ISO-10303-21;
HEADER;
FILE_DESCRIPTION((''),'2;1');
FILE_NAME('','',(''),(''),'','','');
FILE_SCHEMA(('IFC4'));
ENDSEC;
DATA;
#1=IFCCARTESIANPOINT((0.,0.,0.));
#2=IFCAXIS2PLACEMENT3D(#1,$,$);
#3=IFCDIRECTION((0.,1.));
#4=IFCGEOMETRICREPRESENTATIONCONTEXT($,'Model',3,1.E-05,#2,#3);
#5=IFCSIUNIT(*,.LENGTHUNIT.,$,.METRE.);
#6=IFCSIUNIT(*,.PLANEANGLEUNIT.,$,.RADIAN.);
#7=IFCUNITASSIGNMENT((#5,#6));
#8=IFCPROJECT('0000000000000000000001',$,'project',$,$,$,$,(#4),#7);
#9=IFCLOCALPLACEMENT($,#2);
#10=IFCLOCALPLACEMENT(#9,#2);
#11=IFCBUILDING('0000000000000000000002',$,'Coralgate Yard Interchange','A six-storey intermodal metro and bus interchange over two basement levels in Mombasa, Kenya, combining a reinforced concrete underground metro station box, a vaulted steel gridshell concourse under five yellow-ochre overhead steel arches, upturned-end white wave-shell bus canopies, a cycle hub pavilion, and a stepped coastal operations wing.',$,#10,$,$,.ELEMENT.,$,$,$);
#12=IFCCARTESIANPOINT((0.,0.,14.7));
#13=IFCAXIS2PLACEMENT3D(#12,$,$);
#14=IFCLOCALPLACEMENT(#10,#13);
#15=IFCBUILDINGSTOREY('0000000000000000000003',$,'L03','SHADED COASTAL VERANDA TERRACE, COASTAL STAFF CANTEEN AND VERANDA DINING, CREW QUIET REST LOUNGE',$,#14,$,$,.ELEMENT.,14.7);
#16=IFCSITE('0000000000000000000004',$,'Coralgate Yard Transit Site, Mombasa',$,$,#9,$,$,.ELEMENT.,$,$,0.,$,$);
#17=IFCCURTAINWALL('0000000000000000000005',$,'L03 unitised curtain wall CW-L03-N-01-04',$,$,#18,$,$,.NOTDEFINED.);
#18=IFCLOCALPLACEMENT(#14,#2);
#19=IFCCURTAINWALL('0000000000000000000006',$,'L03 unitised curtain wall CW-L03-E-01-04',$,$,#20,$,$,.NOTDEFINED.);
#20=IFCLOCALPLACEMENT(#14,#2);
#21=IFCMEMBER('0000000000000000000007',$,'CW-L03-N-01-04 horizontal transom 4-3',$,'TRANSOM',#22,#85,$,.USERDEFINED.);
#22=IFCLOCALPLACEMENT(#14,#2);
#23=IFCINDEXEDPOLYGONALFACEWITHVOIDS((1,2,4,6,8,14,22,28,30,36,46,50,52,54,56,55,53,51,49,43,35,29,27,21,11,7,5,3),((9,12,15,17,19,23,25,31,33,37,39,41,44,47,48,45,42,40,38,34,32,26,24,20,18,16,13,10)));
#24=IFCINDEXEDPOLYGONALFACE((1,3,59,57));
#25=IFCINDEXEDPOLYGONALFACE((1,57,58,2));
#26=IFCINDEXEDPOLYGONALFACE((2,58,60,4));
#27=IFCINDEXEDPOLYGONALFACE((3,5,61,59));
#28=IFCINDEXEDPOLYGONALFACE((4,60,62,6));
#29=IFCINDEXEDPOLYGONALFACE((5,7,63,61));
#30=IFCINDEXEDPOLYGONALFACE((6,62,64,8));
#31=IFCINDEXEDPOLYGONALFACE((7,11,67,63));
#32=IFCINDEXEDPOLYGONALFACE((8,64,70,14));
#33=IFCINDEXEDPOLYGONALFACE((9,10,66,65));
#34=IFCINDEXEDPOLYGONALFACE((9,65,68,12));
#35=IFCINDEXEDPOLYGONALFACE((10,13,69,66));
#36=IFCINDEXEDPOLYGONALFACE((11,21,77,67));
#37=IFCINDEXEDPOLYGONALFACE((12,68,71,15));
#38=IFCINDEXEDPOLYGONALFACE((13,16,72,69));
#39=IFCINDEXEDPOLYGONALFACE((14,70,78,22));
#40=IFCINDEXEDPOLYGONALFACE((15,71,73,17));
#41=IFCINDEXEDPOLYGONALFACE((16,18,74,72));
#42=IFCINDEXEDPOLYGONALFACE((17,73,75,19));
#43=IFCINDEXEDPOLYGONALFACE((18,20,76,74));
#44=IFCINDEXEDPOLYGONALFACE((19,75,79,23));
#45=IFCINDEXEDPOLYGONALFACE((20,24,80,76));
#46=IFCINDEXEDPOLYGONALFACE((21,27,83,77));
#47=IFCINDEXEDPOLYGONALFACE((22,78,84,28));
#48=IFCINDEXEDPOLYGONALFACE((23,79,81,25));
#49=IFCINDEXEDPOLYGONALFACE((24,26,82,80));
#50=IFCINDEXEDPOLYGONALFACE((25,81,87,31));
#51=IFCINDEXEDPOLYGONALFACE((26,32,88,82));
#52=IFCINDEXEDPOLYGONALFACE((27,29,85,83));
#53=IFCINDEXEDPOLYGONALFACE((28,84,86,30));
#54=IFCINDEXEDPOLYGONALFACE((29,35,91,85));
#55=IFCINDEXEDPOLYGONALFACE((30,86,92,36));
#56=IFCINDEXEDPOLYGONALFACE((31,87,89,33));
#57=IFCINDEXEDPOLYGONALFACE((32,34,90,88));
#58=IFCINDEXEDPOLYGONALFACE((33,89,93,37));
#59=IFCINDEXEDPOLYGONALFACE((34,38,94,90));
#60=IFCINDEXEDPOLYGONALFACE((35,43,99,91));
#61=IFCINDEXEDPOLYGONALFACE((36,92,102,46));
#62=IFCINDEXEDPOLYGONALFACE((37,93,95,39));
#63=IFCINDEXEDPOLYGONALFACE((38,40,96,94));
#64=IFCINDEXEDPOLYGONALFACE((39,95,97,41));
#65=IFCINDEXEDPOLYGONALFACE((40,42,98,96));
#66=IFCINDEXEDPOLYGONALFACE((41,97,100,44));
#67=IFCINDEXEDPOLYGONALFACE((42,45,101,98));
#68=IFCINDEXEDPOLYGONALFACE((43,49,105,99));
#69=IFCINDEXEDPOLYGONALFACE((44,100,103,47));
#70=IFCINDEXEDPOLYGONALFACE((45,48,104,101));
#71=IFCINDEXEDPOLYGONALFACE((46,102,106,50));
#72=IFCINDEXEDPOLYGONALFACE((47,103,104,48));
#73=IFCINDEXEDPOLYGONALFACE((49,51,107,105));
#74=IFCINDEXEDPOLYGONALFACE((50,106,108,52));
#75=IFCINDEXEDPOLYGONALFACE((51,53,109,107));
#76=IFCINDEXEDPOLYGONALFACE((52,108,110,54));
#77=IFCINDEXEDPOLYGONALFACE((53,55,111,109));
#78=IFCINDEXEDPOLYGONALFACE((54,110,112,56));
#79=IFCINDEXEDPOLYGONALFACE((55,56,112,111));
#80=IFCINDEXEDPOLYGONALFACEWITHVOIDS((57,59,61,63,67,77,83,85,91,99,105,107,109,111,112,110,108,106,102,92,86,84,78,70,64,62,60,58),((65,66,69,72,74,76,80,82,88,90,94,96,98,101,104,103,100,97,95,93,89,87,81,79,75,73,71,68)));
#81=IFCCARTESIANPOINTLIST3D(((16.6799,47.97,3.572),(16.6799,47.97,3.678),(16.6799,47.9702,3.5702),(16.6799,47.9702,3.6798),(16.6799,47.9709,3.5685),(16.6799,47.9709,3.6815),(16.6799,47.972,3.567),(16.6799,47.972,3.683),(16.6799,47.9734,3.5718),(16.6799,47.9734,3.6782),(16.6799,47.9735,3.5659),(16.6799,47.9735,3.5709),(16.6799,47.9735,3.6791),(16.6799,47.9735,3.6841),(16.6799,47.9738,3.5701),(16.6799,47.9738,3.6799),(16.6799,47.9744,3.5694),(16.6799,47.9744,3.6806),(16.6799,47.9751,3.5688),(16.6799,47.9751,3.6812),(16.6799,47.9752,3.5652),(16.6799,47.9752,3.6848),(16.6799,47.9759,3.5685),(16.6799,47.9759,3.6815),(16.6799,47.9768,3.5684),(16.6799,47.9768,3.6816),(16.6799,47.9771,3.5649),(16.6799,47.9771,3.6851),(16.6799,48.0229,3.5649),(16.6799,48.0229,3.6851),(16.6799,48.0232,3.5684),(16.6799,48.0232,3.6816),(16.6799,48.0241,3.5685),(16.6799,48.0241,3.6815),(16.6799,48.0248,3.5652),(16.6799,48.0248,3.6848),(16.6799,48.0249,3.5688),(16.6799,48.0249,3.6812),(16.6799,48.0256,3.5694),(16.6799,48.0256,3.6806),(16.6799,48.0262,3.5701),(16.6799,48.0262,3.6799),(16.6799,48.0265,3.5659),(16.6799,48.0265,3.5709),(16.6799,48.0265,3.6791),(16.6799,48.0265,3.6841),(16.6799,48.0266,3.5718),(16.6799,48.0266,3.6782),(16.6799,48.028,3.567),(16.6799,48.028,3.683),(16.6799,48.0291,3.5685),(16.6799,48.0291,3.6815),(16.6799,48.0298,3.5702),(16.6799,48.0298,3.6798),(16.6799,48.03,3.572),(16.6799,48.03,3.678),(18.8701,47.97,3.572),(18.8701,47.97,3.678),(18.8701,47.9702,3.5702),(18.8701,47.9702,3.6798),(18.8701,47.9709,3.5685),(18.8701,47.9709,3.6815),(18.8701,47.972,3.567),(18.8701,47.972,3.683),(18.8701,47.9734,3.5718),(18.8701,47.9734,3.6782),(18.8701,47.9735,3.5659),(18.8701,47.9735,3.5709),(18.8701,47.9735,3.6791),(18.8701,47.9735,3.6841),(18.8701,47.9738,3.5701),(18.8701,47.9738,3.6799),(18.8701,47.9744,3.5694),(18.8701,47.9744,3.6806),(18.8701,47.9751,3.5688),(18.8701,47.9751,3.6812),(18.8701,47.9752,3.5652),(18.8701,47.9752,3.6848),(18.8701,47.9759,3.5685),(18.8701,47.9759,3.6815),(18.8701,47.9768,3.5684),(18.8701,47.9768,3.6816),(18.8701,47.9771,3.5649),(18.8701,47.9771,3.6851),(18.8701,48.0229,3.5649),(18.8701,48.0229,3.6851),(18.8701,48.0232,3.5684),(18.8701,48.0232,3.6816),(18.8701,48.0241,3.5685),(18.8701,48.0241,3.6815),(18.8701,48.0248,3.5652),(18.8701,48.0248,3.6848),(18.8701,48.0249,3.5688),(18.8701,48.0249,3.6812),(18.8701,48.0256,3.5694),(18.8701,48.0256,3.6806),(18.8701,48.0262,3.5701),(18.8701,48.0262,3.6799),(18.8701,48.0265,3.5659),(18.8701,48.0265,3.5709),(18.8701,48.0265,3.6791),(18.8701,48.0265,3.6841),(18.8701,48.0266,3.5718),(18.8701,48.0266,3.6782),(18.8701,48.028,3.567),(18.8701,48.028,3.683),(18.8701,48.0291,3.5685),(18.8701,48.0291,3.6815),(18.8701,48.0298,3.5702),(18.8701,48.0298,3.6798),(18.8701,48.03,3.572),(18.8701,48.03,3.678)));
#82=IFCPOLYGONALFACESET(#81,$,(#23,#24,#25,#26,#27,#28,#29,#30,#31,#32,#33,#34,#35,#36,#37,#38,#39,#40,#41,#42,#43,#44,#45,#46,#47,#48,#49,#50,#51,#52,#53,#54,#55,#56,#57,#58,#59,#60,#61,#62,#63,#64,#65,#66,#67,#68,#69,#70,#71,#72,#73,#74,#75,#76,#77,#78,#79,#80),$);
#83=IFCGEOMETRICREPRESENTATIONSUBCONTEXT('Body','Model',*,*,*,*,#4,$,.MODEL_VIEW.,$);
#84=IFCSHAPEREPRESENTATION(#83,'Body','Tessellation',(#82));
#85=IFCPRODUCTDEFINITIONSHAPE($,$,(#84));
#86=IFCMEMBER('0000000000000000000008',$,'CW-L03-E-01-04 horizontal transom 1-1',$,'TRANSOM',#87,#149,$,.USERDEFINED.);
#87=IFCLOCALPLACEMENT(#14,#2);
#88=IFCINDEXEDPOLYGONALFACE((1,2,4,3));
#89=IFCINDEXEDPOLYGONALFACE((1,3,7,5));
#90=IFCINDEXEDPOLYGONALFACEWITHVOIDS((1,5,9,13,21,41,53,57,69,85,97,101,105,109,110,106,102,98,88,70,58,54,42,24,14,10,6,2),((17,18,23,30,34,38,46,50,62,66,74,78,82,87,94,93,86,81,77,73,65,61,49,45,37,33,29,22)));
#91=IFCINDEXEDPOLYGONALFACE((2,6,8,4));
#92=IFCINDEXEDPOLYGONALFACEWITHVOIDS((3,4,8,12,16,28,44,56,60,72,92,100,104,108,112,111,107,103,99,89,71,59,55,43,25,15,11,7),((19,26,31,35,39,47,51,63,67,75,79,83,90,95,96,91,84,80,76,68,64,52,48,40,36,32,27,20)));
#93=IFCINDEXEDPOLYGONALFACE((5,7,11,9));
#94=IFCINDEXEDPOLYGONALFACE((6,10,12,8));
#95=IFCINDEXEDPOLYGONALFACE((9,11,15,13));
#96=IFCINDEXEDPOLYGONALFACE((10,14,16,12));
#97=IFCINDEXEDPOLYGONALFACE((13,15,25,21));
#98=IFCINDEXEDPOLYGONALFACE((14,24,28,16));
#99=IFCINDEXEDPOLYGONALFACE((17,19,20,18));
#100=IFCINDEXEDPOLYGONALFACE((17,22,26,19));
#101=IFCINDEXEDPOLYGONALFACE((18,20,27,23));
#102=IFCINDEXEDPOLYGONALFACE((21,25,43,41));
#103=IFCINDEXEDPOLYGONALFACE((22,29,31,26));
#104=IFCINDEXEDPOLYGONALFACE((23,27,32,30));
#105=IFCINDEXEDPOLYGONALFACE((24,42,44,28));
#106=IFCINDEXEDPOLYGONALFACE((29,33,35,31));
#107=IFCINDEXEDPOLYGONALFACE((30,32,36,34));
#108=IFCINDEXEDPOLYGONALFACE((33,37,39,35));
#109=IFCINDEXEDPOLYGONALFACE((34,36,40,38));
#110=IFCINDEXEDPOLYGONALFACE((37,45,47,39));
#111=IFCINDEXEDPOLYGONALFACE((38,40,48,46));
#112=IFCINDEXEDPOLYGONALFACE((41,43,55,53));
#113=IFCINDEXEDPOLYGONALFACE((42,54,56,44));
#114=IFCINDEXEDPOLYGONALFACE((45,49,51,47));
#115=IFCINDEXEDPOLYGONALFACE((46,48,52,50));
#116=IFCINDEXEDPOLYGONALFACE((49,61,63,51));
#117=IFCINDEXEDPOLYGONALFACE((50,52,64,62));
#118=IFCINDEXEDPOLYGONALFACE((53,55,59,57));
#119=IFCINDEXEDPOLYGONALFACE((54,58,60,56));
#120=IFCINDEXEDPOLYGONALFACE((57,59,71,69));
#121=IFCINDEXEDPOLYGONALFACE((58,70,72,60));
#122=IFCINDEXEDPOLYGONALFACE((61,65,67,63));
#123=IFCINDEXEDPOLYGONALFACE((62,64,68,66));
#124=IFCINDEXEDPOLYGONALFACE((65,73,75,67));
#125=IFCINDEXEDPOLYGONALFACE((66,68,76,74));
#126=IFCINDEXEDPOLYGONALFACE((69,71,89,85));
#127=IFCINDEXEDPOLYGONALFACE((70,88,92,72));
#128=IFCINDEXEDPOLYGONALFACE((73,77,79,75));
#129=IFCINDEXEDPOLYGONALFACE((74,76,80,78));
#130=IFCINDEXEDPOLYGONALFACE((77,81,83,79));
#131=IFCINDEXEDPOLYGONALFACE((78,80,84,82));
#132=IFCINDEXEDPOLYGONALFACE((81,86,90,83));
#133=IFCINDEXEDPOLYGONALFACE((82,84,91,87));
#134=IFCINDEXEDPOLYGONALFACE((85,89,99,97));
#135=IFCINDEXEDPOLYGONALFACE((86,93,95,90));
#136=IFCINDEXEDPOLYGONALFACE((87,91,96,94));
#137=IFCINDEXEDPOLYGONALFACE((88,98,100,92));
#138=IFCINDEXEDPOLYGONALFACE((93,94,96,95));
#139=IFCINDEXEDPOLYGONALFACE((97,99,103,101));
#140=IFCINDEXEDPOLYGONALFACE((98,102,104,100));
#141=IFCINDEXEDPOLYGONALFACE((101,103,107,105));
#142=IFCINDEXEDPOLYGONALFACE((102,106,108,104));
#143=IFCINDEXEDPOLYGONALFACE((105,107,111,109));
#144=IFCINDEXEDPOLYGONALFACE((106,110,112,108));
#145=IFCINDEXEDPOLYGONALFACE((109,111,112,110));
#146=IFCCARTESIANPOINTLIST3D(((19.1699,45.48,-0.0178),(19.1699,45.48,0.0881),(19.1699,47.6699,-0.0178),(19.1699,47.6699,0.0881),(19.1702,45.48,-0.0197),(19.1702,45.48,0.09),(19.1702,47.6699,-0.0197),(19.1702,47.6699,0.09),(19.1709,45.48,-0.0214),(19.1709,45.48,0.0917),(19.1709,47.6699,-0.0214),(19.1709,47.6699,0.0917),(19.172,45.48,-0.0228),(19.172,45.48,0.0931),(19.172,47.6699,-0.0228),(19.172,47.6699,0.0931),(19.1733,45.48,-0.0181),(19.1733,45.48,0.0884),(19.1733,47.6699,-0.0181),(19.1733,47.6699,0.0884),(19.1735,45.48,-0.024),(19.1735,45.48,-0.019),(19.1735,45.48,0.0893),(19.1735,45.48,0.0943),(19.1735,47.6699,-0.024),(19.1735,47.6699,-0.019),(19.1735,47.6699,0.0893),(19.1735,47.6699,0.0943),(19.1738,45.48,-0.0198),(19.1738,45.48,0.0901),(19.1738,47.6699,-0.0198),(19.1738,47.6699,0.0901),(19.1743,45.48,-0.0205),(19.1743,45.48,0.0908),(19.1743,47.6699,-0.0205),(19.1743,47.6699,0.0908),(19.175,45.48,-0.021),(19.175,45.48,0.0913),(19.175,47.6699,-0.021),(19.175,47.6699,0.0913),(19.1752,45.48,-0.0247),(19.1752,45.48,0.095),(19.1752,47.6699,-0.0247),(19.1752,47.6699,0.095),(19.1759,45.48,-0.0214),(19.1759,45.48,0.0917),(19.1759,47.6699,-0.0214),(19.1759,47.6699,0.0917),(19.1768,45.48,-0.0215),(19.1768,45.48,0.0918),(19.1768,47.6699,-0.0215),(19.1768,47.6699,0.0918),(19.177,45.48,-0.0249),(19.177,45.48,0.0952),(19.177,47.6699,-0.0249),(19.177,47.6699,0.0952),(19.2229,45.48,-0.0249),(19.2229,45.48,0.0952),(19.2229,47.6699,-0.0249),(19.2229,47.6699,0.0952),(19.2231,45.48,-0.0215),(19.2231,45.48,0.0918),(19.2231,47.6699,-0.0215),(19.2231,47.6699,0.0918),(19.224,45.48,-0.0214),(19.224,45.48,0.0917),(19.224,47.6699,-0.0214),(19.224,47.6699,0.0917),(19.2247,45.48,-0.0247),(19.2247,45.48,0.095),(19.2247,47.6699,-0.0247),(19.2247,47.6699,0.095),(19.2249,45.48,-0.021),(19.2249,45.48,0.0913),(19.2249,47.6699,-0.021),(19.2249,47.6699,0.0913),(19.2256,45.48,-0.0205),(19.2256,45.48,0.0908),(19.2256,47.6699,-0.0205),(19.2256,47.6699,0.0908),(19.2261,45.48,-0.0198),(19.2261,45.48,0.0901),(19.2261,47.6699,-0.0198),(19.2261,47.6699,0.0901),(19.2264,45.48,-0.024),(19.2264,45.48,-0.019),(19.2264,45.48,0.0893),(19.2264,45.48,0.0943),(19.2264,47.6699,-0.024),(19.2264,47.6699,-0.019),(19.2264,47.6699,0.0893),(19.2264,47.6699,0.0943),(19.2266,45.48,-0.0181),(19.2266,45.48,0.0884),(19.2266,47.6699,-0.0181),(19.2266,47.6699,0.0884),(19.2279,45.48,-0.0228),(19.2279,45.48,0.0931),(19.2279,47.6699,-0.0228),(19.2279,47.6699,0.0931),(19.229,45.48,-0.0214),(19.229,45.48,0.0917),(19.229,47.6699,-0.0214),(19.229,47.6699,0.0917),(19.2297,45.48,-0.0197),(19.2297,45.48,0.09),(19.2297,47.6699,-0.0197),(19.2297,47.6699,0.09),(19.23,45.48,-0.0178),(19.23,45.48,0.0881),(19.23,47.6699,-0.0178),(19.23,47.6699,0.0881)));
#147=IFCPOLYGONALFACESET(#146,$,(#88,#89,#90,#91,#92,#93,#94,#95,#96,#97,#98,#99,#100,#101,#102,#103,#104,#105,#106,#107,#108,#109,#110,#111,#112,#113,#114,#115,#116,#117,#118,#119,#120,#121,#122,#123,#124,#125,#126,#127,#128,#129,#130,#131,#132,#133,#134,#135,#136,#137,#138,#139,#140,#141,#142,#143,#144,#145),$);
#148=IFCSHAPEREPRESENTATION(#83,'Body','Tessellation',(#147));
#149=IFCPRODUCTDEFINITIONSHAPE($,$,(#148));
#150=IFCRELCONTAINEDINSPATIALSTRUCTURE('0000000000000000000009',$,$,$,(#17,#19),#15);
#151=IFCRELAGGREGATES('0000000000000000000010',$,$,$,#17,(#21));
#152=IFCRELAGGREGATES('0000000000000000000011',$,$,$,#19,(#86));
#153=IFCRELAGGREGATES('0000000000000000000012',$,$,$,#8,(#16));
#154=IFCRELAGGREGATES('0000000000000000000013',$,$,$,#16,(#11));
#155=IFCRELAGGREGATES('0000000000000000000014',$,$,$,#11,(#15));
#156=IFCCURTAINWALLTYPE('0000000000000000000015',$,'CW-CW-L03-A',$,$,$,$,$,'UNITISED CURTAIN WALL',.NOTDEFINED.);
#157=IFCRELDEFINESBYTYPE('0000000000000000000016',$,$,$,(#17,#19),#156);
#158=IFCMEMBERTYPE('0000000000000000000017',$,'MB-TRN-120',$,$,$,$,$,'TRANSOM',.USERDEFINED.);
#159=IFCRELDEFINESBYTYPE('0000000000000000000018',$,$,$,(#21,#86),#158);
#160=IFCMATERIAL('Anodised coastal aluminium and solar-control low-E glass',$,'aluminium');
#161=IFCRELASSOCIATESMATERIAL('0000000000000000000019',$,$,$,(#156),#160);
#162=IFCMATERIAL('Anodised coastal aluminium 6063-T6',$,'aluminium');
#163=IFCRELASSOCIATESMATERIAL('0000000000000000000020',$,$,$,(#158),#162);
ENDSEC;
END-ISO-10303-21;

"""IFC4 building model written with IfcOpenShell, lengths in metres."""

from ifc_helpers import new_model, si_unit, direction, frame, origin, origin_2d, place, context, subcontext, project, spatial, hollow_rectangle, extrude, material, material_profile, profile_set, type_object, element, aggregate, save


model = new_model("IFC4")

# Units and contexts
model_context = context("Model", 3, precision=1e-05, world=origin(), true_north=direction((0.0, 1.0)))
body_context = subcontext(model_context, "Body", "Model", "MODEL_VIEW")
ifc_project = project(units=[si_unit("LENGTHUNIT", "METRE"), si_unit("PLANEANGLEUNIT", "RADIAN")], contexts=[model_context])

# Site, building, storey
site_placement = place(None, origin())
site = spatial("IfcSite", under=ifc_project, at=site_placement, Name="Coralgate Yard Transit Site, Mombasa", CompositionType="ELEMENT", RefElevation=0.0)
building_placement = place(site_placement, origin())
building = spatial("IfcBuilding", under=site, at=building_placement, Name="Coralgate Yard Interchange", Description="A six-storey intermodal metro and bus interchange over two basement levels in Mombasa, Kenya, combining a reinforced concrete underground metro station box, a vaulted steel gridshell concourse under five yellow-ochre overhead steel arches, upturned-end white wave-shell bus canopies, a cycle hub pavilion, and a stepped coastal operations wing.", CompositionType="ELEMENT")
storey_placement = place(building_placement, frame((0.0, 0.0, 14.7)))
storey = spatial("IfcBuildingStorey", under=building, at=storey_placement, Name="L03", Description="SHADED COASTAL VERANDA TERRACE, COASTAL STAFF CANTEEN AND VERANDA DINING, CREW QUIET REST LOUNGE", CompositionType="ELEMENT", Elevation=14.7)

# Curtain walls
ifc_material_1 = material(Name="Anodised coastal aluminium and solar-control low-E glass", Category="aluminium")
curtain_wall_type = type_object("IfcCurtainWallType", Name="CW-CW-L03-A", ElementType="UNITISED CURTAIN WALL", PredefinedType="NOTDEFINED", material=ifc_material_1)
curtain_wall_1_placement = place(storey_placement, origin())
curtain_wall_1 = element("IfcCurtainWall", 1, at=curtain_wall_1_placement, inside=storey, type_object=curtain_wall_type, Name="L03 unitised curtain wall CW-L03-N-01-04", PredefinedType="NOTDEFINED")
ifc_material_2 = material(Name="Anodised coastal aluminium 6063-T6", Category="aluminium")
curtain_wall_2_placement = place(storey_placement, origin())
curtain_wall_2 = element("IfcCurtainWall", 2, at=curtain_wall_2_placement, inside=storey, type_object=curtain_wall_type, Name="L03 unitised curtain wall CW-L03-E-01-04", PredefinedType="NOTDEFINED")

# Members
ifc_material_profile_1 = material_profile(ifc_material_2, hollow_rectangle(XDim=0.0601, YDim=0.1201, WallThickness=0.0034, InnerFilletRadius=0.0034, OuterFilletRadius=0.0071, at=origin_2d()), Name="ALU 60x120x3.5")
ifc_profile_set_1 = profile_set([ifc_material_profile_1], Name="Anodised coastal aluminium 6063-T6")
member_type_1 = type_object("IfcMemberType", Name="MB-TRN-120", ElementType="TRANSOM", PredefinedType="USERDEFINED", material=ifc_profile_set_1)
member_1_placement = place(storey_placement, frame((16.6799, 48.0, 3.625), z_axis=(1.0, 0.0, 0.0), x_axis=(0.0, 1.0, 0.0)))
member_1 = element("IfcMember", 3, at=member_1_placement, type_object=member_type_1, Name="CW-L03-N-01-04 horizontal transom 4-3", ObjectType="TRANSOM", PredefinedType="USERDEFINED", context=body_context, shape_type="SweptSolid", body=[
    extrude(hollow_rectangle(XDim=0.0601, YDim=0.1201, WallThickness=0.0034, InnerFilletRadius=0.0034, OuterFilletRadius=0.0071, at=origin_2d()), origin(), (0.0, 0.0, 1.0), 2.1902),
])
member_2_placement = place(storey_placement, frame((19.2, 47.6699, 0.0352), z_axis=(0.0, -1.0, 0.0), x_axis=(1.0, 0.0, 0.0)))
member_2 = element("IfcMember", 4, at=member_2_placement, type_object=member_type_1, Name="CW-L03-E-01-04 horizontal transom 1-1", ObjectType="TRANSOM", PredefinedType="USERDEFINED", context=body_context, shape_type="SweptSolid", body=[
    extrude(hollow_rectangle(XDim=0.0601, YDim=0.1201, WallThickness=0.0034, InnerFilletRadius=0.0034, OuterFilletRadius=0.0071, at=origin_2d()), origin(), (0.0, 0.0, 1.0), 2.1899),
])

aggregate(curtain_wall_1, [member_1])
aggregate(curtain_wall_2, [member_2])

save(model, "model.ifc")
